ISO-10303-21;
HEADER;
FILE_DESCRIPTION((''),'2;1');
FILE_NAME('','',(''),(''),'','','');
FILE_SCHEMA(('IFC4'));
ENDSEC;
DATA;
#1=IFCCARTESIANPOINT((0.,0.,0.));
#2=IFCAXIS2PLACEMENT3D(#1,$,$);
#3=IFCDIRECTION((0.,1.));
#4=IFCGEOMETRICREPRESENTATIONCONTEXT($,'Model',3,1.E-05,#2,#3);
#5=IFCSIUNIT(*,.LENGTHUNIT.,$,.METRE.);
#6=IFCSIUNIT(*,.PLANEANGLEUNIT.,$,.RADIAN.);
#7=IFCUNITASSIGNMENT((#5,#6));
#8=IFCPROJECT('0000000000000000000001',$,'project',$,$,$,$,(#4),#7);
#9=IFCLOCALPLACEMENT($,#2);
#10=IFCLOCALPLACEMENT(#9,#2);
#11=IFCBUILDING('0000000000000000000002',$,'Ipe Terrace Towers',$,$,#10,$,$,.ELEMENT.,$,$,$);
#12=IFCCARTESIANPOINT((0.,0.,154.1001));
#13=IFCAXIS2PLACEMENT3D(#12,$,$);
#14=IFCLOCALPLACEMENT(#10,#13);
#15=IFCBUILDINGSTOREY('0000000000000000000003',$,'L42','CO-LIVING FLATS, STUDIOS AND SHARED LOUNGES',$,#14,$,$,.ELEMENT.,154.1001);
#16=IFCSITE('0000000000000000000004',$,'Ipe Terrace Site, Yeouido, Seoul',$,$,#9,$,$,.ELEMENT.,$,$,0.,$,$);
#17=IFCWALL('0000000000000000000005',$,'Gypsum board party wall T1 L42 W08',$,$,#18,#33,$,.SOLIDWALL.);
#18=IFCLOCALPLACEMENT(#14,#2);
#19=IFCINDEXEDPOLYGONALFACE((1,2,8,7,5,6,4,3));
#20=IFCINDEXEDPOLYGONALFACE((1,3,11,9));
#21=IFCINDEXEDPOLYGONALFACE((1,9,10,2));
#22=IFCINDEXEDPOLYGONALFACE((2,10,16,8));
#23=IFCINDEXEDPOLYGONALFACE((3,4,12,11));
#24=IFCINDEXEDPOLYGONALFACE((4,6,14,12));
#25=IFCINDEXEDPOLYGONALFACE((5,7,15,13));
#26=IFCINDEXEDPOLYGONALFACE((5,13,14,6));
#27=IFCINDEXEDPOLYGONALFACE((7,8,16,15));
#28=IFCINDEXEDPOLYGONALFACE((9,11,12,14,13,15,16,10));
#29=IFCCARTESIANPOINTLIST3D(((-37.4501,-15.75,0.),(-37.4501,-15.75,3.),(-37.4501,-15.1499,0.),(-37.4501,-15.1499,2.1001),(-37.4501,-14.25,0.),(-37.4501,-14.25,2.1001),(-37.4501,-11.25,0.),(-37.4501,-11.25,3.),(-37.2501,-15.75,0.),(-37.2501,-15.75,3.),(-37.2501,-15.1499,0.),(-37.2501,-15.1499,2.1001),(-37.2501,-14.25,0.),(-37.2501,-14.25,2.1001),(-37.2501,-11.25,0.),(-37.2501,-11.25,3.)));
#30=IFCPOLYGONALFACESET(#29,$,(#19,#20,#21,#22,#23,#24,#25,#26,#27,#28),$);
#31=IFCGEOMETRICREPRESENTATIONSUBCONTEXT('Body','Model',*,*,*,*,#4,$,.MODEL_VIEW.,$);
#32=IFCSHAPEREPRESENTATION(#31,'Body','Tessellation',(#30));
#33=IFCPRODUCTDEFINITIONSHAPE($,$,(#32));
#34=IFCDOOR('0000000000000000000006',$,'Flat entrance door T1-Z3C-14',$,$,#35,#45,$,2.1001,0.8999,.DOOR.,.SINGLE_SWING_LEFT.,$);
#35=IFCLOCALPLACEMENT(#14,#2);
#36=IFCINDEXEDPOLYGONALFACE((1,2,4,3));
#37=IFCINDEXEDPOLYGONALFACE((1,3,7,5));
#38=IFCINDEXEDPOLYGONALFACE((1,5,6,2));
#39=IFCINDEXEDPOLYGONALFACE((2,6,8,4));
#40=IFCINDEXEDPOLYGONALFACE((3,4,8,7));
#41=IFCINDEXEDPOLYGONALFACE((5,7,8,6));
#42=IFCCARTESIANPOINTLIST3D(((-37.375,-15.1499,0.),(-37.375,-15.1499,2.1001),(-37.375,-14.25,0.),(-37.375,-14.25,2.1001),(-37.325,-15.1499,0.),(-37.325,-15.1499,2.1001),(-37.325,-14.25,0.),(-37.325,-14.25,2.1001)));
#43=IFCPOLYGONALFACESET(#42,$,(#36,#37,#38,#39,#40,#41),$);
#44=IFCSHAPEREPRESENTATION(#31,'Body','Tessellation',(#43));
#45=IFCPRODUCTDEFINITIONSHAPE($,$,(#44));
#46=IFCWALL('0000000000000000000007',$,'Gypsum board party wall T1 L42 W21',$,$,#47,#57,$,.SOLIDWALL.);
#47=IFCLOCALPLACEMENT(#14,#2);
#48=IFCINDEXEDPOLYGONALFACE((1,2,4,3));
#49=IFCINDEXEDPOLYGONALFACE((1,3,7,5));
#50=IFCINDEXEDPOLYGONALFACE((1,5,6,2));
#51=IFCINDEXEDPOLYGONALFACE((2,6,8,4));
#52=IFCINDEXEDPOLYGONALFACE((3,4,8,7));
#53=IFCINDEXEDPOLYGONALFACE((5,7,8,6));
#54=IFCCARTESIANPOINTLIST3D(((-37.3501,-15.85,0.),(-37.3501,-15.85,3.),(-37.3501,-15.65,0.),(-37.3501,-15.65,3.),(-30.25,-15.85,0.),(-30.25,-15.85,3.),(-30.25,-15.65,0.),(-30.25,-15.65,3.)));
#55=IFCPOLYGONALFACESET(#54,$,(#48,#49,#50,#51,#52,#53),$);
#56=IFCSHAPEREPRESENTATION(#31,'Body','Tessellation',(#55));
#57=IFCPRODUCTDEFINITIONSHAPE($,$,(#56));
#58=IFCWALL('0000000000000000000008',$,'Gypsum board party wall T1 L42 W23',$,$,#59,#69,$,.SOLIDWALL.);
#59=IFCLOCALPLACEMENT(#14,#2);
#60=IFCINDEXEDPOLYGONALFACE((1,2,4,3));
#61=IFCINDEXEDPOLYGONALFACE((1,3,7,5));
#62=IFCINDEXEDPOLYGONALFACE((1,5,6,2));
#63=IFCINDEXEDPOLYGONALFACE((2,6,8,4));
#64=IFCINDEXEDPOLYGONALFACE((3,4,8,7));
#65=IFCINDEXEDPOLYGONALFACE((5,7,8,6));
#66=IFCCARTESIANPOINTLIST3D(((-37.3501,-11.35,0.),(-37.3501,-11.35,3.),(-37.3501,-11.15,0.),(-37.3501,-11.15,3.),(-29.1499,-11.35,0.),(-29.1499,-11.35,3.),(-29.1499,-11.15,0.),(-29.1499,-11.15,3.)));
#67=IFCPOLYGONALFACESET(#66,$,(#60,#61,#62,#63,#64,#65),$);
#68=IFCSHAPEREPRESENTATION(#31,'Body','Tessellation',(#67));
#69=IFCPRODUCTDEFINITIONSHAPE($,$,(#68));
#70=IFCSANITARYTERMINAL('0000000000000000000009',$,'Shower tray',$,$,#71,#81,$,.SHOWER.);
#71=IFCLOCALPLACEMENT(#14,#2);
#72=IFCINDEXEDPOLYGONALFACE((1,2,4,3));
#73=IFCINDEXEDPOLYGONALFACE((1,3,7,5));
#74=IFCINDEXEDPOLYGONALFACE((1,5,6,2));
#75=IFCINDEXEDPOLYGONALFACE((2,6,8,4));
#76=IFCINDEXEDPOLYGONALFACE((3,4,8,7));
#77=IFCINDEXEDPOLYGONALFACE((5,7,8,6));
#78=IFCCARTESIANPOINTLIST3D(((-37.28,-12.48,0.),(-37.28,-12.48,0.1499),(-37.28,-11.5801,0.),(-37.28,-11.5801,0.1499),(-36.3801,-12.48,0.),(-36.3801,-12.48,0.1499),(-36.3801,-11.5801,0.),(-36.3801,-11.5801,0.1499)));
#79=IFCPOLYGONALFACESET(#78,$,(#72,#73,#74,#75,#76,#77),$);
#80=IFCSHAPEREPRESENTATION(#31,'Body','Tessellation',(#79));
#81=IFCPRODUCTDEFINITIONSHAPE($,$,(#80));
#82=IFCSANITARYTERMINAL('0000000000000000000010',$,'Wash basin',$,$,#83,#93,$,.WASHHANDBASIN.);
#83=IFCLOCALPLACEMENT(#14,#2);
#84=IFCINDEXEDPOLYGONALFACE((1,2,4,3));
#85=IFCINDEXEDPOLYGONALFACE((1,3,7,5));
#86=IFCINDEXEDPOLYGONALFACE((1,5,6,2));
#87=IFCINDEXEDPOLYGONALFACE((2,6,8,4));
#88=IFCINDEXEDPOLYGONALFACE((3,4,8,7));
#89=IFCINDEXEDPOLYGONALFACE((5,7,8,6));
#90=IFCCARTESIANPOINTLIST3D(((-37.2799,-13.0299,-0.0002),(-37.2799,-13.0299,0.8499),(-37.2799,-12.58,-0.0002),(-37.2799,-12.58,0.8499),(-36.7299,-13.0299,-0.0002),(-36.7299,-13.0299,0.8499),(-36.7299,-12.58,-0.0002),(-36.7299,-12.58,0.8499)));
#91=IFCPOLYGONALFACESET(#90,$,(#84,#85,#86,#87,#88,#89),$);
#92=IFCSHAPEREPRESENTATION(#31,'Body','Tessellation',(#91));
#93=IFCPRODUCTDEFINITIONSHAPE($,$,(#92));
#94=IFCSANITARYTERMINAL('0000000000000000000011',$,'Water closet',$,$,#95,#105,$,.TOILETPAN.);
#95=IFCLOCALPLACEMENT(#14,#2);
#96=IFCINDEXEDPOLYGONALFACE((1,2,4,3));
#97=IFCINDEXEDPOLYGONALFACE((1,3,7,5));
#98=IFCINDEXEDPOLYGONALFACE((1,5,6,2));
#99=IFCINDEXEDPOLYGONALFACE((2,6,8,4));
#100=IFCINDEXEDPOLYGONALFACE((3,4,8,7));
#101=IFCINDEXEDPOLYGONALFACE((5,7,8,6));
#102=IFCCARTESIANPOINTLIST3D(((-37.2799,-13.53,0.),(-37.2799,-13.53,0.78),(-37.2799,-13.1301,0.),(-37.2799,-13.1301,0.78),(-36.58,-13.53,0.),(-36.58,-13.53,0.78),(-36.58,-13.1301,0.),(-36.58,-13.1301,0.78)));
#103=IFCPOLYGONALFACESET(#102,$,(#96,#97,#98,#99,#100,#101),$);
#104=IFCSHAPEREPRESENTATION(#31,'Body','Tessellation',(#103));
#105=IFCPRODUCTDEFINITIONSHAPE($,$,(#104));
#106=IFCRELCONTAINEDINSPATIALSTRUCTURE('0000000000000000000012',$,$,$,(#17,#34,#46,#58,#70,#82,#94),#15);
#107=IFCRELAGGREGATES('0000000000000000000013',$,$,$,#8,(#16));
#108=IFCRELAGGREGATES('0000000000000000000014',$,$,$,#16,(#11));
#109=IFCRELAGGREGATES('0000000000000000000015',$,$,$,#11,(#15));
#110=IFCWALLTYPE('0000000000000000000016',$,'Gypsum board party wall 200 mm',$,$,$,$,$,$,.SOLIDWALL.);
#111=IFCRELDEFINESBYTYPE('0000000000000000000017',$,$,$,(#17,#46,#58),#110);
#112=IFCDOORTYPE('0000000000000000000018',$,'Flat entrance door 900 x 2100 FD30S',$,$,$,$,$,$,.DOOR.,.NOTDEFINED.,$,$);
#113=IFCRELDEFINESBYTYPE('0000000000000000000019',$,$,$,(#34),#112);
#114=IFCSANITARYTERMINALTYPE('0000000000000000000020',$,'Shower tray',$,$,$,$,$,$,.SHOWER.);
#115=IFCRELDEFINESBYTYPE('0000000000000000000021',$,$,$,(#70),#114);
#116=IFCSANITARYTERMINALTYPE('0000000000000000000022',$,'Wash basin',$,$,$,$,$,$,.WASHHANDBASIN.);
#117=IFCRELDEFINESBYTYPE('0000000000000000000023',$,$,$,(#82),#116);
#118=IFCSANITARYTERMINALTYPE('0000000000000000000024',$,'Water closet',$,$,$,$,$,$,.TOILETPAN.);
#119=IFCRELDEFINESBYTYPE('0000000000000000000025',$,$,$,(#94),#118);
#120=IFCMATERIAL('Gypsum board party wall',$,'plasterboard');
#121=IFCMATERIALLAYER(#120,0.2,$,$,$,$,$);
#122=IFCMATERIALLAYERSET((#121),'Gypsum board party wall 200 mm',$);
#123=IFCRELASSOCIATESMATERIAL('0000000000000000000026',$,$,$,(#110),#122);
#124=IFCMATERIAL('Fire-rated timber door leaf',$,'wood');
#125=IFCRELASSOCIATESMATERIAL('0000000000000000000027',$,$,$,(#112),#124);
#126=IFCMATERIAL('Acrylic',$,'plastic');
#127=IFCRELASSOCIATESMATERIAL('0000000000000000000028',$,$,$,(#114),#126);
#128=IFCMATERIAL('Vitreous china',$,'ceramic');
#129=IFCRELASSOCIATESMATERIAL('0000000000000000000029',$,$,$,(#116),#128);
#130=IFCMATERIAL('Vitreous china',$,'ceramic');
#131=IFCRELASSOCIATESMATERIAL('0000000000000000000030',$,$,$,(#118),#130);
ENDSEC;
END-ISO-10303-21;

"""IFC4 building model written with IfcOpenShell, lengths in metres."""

from ifc_helpers import new_model, si_unit, direction, frame, frame_2d, origin, origin_2d, place, context, subcontext, project, spatial, rectangle, extrude, material, layer, layer_set, type_object, element, fill, save


model = new_model("IFC4")

# Units and contexts
model_context = context("Model", 3, precision=1e-05, world=origin(), true_north=direction((0.0, 1.0)))
body_context = subcontext(model_context, "Body", "Model", "MODEL_VIEW")
ifc_project = project(units=[si_unit("LENGTHUNIT", "METRE"), si_unit("PLANEANGLEUNIT", "RADIAN")], contexts=[model_context])

# Site, building, storey
site_placement = place(None, origin())
site = spatial("IfcSite", under=ifc_project, at=site_placement, Name="Ipe Terrace Site, Yeouido, Seoul", CompositionType="ELEMENT", RefElevation=0.0)
building_placement = place(site_placement, origin())
building = spatial("IfcBuilding", under=site, at=building_placement, Name="Ipe Terrace Towers", CompositionType="ELEMENT")
storey_placement = place(building_placement, frame((0.0, 0.0, 154.1001)))
storey = spatial("IfcBuildingStorey", under=building, at=storey_placement, Name="L42", Description="CO-LIVING FLATS, STUDIOS AND SHARED LOUNGES", CompositionType="ELEMENT", Elevation=154.1001)

# Wall, opening, door
ifc_material_1 = material(Name="Gypsum board party wall", Category="plasterboard")
ifc_layer_1 = layer(ifc_material_1, 0.2)
ifc_layer_set_1 = layer_set([ifc_layer_1], Name="Gypsum board party wall 200 mm")
wall_type_1 = type_object("IfcWallType", Name="Gypsum board party wall 200 mm", PredefinedType="SOLIDWALL", material=ifc_layer_set_1)
wall_1_placement = place(storey_placement, frame((-37.3501, -15.75, 0.0), z_axis=(0.0, 0.0, 1.0), x_axis=(0.0, 1.0, 0.0)))
wall_1 = element("IfcWall", 1, at=wall_1_placement, inside=storey, type_object=wall_type_1, Name="Gypsum board party wall T1 L42 W08", PredefinedType="SOLIDWALL", context=body_context, shape_type="SweptSolid", body=[
    extrude(rectangle(XDim=4.5, YDim=0.2, at=frame_2d((2.25, 0.0))), origin(), (0.0, 0.0, 1.0), 3.0),
])
opening_1_placement = place(wall_1_placement, frame((0.6001, 0.0, 0.0)))
opening_1 = element("IfcOpeningElement", 2, at=opening_1_placement, cuts=wall_1, PredefinedType="OPENING", context=body_context, shape_type="SweptSolid", body=[
    extrude(rectangle(XDim=0.8999, YDim=2.1001, at=frame_2d((0.45, 1.05))), frame((0.0, 0.1099, 0.0), z_axis=(0.0, -1.0, 0.0), x_axis=(1.0, 0.0, 0.0)), (0.0, 0.0, 1.0), 0.22),
])
ifc_material_2 = material(Name="Fire-rated timber door leaf", Category="wood")
door_type_1 = type_object("IfcDoorType", Name="Flat entrance door 900 x 2100 FD30S", OperationType="NOTDEFINED", PredefinedType="DOOR", material=ifc_material_2)
door_1_placement = place(opening_1_placement, origin())
door_1 = element("IfcDoor", 3, at=door_1_placement, inside=storey, type_object=door_type_1, Name="Flat entrance door T1-Z3C-14", OperationType="SINGLE_SWING_LEFT", OverallHeight=2.1001, OverallWidth=0.8999, PredefinedType="DOOR", context=body_context, shape_type="SweptSolid", body=[
    extrude(rectangle(XDim=0.8999, YDim=2.1001, at=frame_2d((0.45, 1.05))), frame((0.0, 0.0249, 0.0), z_axis=(0.0, -1.0, 0.0), x_axis=(1.0, 0.0, 0.0)), (0.0, 0.0, 1.0), 0.05),
])
fill(opening_1, door_1)

# Walls
wall_2_placement = place(storey_placement, frame((-37.3501, -15.75, 0.0), z_axis=(0.0, 0.0, 1.0), x_axis=(1.0, 0.0, 0.0)))
element("IfcWall", 4, at=wall_2_placement, inside=storey, type_object=wall_type_1, Name="Gypsum board party wall T1 L42 W21", PredefinedType="SOLIDWALL", context=body_context, shape_type="SweptSolid", body=[
    extrude(rectangle(XDim=7.1001, YDim=0.2, at=frame_2d((3.55, 0.0))), origin(), (0.0, 0.0, 1.0), 3.0),
])
wall_3_placement = place(storey_placement, frame((-37.3501, -11.25, 0.0), z_axis=(0.0, 0.0, 1.0), x_axis=(1.0, 0.0, 0.0)))
element("IfcWall", 5, at=wall_3_placement, inside=storey, type_object=wall_type_1, Name="Gypsum board party wall T1 L42 W23", PredefinedType="SOLIDWALL", context=body_context, shape_type="SweptSolid", body=[
    extrude(rectangle(XDim=8.2002, YDim=0.2, at=frame_2d((4.1001, 0.0))), origin(), (0.0, 0.0, 1.0), 3.0),
])

# Sanitary terminals
ifc_material_3 = material(Name="Acrylic", Category="plastic")
sanitary_terminal_type_1 = type_object("IfcSanitaryTerminalType", Name="Shower tray", PredefinedType="SHOWER", material=ifc_material_3)
sanitary_terminal_1_placement = place(storey_placement, frame((-36.8301, -12.03, 0.0), z_axis=(0.0, 0.0, 1.0), x_axis=(1.0, 0.0, 0.0)))
element("IfcSanitaryTerminal", 6, at=sanitary_terminal_1_placement, inside=storey, type_object=sanitary_terminal_type_1, Name="Shower tray", PredefinedType="SHOWER", context=body_context, shape_type="SweptSolid", body=[
    extrude(rectangle(XDim=0.8999, YDim=0.8999, at=origin_2d()), origin(), (0.0, 0.0, 1.0), 0.1499),
])
ifc_material_4 = material(Name="Vitreous china", Category="ceramic")
sanitary_terminal_type_2 = type_object("IfcSanitaryTerminalType", Name="Wash basin", PredefinedType="WASHHANDBASIN", material=ifc_material_4)
sanitary_terminal_2_placement = place(storey_placement, frame((-37.0049, -12.8049, -0.0002), z_axis=(0.0, 0.0, 1.0), x_axis=(1.0, 0.0, 0.0)))
element("IfcSanitaryTerminal", 7, at=sanitary_terminal_2_placement, inside=storey, type_object=sanitary_terminal_type_2, Name="Wash basin", PredefinedType="WASHHANDBASIN", context=body_context, shape_type="SweptSolid", body=[
    extrude(rectangle(XDim=0.55, YDim=0.45, at=origin_2d()), origin(), (0.0, 0.0, 1.0), 0.8501),
])
ifc_material_5 = material(Name="Vitreous china", Category="ceramic")
sanitary_terminal_type_3 = type_object("IfcSanitaryTerminalType", Name="Water closet", PredefinedType="TOILETPAN", material=ifc_material_5)
sanitary_terminal_3_placement = place(storey_placement, frame((-36.9299, -13.3301, 0.0), z_axis=(0.0, 0.0, 1.0), x_axis=(1.0, 0.0, 0.0)))
element("IfcSanitaryTerminal", 8, at=sanitary_terminal_3_placement, inside=storey, type_object=sanitary_terminal_type_3, Name="Water closet", PredefinedType="TOILETPAN", context=body_context, shape_type="SweptSolid", body=[
    extrude(rectangle(XDim=0.7, YDim=0.3999, at=origin_2d()), origin(), (0.0, 0.0, 1.0), 0.78),
])

save(model, "model.ifc")
